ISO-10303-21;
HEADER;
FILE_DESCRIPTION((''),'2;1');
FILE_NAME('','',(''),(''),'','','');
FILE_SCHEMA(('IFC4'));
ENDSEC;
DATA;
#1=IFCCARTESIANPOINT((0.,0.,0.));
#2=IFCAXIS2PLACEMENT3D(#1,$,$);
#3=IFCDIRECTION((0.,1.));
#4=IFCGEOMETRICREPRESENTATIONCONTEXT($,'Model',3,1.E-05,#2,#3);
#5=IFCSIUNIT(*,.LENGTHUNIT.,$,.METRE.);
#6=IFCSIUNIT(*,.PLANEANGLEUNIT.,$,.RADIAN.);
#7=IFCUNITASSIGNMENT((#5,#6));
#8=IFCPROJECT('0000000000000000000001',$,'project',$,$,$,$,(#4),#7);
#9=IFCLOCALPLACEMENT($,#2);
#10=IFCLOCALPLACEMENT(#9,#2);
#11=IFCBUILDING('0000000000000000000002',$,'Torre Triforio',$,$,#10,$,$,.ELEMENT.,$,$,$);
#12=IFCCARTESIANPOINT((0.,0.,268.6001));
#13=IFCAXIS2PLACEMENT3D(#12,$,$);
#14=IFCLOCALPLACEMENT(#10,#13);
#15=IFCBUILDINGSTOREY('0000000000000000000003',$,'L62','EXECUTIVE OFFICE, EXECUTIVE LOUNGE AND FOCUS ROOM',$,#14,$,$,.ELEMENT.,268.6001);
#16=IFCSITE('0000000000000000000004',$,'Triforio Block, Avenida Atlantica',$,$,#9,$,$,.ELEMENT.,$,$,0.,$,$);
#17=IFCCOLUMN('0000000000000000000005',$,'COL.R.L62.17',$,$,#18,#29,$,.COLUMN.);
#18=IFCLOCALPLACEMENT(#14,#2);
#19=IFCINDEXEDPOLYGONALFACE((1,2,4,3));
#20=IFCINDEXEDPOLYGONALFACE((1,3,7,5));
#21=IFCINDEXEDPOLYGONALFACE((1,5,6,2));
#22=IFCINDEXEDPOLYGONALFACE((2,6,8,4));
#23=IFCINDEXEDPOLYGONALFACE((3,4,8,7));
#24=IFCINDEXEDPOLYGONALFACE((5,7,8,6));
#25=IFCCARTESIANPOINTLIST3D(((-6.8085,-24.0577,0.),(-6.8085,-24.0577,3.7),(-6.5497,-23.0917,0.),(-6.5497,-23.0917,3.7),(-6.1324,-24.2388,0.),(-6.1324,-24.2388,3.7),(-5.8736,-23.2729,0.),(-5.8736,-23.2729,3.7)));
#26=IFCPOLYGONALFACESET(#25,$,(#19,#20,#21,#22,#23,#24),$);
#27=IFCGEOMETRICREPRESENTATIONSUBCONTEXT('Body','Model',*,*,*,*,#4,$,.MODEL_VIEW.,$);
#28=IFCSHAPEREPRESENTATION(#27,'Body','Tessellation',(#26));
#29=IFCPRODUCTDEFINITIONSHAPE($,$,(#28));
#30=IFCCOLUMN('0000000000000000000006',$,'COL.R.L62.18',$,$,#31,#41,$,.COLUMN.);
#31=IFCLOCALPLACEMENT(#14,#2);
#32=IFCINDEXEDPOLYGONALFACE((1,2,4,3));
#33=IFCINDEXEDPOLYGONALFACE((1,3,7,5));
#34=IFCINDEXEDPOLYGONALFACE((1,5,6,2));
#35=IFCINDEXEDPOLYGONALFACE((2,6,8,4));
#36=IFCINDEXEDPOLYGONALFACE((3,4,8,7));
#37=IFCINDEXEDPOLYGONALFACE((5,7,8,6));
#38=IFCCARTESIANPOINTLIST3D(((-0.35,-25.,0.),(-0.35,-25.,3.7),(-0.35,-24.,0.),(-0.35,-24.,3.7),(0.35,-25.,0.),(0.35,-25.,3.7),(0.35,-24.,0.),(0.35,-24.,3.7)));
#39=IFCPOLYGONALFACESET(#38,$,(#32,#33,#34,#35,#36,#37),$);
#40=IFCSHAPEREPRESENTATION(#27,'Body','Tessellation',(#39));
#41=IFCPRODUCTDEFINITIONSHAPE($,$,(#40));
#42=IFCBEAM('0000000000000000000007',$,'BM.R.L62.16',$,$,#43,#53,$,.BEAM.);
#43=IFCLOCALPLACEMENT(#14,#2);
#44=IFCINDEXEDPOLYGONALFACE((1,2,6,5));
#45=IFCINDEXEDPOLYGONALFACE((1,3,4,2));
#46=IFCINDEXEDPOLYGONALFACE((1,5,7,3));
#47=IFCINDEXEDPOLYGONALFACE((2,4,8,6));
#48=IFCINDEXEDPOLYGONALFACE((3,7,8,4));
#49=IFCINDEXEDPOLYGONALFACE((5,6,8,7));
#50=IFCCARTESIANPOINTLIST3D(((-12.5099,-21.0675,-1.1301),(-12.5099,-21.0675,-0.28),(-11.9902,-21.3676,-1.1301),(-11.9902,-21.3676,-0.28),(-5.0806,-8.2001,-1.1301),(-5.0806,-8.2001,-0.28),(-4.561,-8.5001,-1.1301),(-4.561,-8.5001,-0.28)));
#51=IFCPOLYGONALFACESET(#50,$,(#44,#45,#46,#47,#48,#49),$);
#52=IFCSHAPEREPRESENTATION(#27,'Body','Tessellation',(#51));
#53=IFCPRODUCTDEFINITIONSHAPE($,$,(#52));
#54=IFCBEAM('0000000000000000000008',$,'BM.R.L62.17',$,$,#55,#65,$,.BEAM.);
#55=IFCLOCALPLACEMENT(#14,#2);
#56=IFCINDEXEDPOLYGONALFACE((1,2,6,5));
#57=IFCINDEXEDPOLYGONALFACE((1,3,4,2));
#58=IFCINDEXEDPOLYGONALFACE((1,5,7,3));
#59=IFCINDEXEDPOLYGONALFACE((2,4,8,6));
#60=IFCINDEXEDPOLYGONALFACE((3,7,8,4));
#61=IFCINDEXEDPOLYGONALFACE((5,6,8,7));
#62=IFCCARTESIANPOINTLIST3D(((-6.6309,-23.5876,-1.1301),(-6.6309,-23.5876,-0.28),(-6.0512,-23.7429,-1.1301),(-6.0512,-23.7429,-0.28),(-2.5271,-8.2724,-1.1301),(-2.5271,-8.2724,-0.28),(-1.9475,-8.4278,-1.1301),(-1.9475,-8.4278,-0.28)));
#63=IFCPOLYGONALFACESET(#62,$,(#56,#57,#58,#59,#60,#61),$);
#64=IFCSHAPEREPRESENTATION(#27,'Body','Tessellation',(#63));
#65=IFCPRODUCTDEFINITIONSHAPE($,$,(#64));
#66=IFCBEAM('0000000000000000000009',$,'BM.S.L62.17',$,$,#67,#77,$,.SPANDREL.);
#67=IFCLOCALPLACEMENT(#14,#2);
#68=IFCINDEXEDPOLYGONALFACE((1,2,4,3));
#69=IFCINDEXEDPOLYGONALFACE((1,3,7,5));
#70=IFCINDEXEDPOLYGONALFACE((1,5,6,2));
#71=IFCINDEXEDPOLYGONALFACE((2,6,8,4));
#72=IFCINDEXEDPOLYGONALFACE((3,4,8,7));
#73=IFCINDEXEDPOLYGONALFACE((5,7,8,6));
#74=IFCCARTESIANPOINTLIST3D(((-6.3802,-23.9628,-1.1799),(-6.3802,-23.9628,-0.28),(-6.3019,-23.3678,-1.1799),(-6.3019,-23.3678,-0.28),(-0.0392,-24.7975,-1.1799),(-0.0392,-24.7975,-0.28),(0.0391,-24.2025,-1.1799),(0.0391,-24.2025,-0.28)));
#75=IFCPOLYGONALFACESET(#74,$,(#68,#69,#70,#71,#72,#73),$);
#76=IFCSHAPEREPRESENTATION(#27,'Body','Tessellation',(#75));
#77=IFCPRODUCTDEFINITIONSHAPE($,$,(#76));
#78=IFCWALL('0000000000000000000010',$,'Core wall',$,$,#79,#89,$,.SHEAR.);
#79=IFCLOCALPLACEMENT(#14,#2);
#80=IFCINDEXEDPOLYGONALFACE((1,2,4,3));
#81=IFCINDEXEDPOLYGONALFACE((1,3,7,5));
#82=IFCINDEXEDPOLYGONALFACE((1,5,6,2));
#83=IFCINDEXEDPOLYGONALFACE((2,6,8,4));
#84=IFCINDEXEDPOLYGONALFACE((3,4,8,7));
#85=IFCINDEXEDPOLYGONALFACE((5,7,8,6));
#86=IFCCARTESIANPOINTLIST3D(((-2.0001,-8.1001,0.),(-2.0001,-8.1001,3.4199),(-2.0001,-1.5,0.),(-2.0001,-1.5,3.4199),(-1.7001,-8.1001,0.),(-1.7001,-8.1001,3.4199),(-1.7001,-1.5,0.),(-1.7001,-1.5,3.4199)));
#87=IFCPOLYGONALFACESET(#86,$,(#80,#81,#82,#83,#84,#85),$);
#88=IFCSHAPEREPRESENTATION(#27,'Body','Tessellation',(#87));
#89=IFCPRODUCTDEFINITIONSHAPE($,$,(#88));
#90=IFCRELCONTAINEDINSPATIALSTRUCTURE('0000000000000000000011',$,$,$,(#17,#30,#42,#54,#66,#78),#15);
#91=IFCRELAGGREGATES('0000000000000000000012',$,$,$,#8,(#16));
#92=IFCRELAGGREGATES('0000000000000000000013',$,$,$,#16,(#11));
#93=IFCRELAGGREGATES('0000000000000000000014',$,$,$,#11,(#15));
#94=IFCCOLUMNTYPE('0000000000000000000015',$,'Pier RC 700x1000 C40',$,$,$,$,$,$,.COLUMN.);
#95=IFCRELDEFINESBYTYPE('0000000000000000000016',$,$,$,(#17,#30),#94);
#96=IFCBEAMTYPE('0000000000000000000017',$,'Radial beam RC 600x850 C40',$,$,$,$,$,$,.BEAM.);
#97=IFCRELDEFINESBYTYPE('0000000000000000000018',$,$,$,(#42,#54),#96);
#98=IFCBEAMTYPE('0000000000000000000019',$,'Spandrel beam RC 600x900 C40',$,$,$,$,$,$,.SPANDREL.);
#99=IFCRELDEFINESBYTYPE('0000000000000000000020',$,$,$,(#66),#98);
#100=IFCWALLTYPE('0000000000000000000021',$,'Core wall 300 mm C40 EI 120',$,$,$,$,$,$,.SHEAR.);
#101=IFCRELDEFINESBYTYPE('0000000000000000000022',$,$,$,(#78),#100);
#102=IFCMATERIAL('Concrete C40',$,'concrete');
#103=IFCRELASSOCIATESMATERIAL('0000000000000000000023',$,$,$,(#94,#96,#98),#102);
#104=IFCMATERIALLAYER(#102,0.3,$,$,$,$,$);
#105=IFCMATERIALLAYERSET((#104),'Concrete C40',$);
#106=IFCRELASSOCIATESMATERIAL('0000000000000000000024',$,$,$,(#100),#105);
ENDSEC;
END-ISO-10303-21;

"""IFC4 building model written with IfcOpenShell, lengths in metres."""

from ifc_helpers import new_model, si_unit, direction, frame, frame_2d, origin, origin_2d, place, context, subcontext, project, spatial, rectangle, extrude, material, layer, layer_set, material_profile, profile_set, type_object, element, save


model = new_model("IFC4")

# Units and contexts
model_context = context("Model", 3, precision=1e-05, world=origin(), true_north=direction((0.0, 1.0)))
body_context = subcontext(model_context, "Body", "Model", "MODEL_VIEW")
ifc_project = project(units=[si_unit("LENGTHUNIT", "METRE"), si_unit("PLANEANGLEUNIT", "RADIAN")], contexts=[model_context])

# Site, building, storey
site_placement = place(None, origin())
site = spatial("IfcSite", under=ifc_project, at=site_placement, Name="Triforio Block, Avenida Atlantica", CompositionType="ELEMENT", RefElevation=0.0)
building_placement = place(site_placement, origin())
building = spatial("IfcBuilding", under=site, at=building_placement, Name="Torre Triforio", CompositionType="ELEMENT")
storey_placement = place(building_placement, frame((0.0, 0.0, 268.6001)))
storey = spatial("IfcBuildingStorey", under=building, at=storey_placement, Name="L62", Description="EXECUTIVE OFFICE, EXECUTIVE LOUNGE AND FOCUS ROOM", CompositionType="ELEMENT", Elevation=268.6001)

# Columns
ifc_material_1 = material(Name="Concrete C40", Category="concrete")
ifc_material_profile_1 = material_profile(ifc_material_1, rectangle(XDim=0.7, YDim=1.0, at=origin_2d()), Name="RC 700x1000")
ifc_profile_set_1 = profile_set([ifc_material_profile_1], Name="Concrete C40")
column_type = type_object("IfcColumnType", Name="Pier RC 700x1000 C40", PredefinedType="COLUMN", material=ifc_profile_set_1)
for number, where, z_axis, x_axis, name in (
    (1, (-6.3411, -23.6653, 0.0), (0.0, 0.0, 1.0), (0.965926, -0.258819, 0.0), "COL.R.L62.17"),
    (2, (0.0, -24.5, 0.0), (0.0, 0.0, 1.0), (1.0, 0.0, 0.0), "COL.R.L62.18"),
):
    element("IfcColumn", number, at=place(storey_placement, frame(where, z_axis=z_axis, x_axis=x_axis)), inside=storey, type_object=column_type, Name=name, PredefinedType="COLUMN", context=body_context, shape_type="SweptSolid", body=[
        extrude(rectangle(XDim=0.7, YDim=1.0, at=origin_2d()), origin(), (0.0, 0.0, 1.0), 3.7),
    ])

# Beams
ifc_material_profile_2 = material_profile(ifc_material_1, rectangle(XDim=0.6001, YDim=0.8501, at=origin_2d()), Name="RC 600x850")
ifc_profile_set_2 = profile_set([ifc_material_profile_2], Name="Concrete C40")
beam_type_1 = type_object("IfcBeamType", Name="Radial beam RC 600x850 C40", PredefinedType="BEAM", material=ifc_profile_set_2)
beam_1_placement = place(storey_placement, frame((-4.8208, -8.3501, -0.7051), z_axis=(-0.500009, -0.86602, 0.0), x_axis=(0.86602, -0.500009, 0.0)))
element("IfcBeam", 3, at=beam_1_placement, inside=storey, type_object=beam_type_1, Name="BM.R.L62.16", PredefinedType="BEAM", context=body_context, shape_type="SweptSolid", body=[
    extrude(rectangle(XDim=0.6001, YDim=0.8501, at=origin_2d()), origin(), (0.0, 0.0, 1.0), 14.8582),
])
beam_2_placement = place(storey_placement, frame((-2.2373, -8.3501, -0.7051), z_axis=(-0.258823, -0.965925, 0.0), x_axis=(0.965925, -0.258823, 0.0)))
element("IfcBeam", 4, at=beam_2_placement, inside=storey, type_object=beam_type_1, Name="BM.R.L62.17", PredefinedType="BEAM", context=body_context, shape_type="SweptSolid", body=[
    extrude(rectangle(XDim=0.6001, YDim=0.8501, at=origin_2d()), origin(), (0.0, 0.0, 1.0), 15.8555),
])
ifc_material_profile_3 = material_profile(ifc_material_1, rectangle(XDim=0.6001, YDim=0.8999, at=origin_2d()), Name="RC 600x900")
ifc_profile_set_3 = profile_set([ifc_material_profile_3], Name="Concrete C40")
beam_type_2 = type_object("IfcBeamType", Name="Spandrel beam RC 600x900 C40", PredefinedType="SPANDREL", material=ifc_profile_set_3)
beam_3_placement = place(storey_placement, frame((-6.3411, -23.6653, -0.73), z_axis=(0.991447, -0.130511, 0.0), x_axis=(0.130511, 0.991447, 0.0)))
element("IfcBeam", 5, at=beam_3_placement, inside=storey, type_object=beam_type_2, Name="BM.S.L62.17", PredefinedType="SPANDREL", context=body_context, shape_type="SweptSolid", body=[
    extrude(rectangle(XDim=0.6001, YDim=0.8999, at=origin_2d()), origin(), (0.0, 0.0, 1.0), 6.3958),
])

# Wall
ifc_layer_1 = layer(ifc_material_1, 0.3)
ifc_layer_set_1 = layer_set([ifc_layer_1], Name="Concrete C40")
wall_type_1 = type_object("IfcWallType", Name="Core wall 300 mm C40 EI 120", PredefinedType="SHEAR", material=ifc_layer_set_1)
wall_1_placement = place(storey_placement, frame((-1.8501, -8.1001, 0.0), z_axis=(0.0, 0.0, 1.0), x_axis=(0.0, 1.0, 0.0)))
element("IfcWall", 6, at=wall_1_placement, inside=storey, type_object=wall_type_1, Name="Core wall", PredefinedType="SHEAR", context=body_context, shape_type="SweptSolid", body=[
    extrude(rectangle(XDim=6.6001, YDim=0.3, at=frame_2d((3.3, 0.0))), origin(), (0.0, 0.0, 1.0), 3.4199),
])

save(model, "model.ifc")
